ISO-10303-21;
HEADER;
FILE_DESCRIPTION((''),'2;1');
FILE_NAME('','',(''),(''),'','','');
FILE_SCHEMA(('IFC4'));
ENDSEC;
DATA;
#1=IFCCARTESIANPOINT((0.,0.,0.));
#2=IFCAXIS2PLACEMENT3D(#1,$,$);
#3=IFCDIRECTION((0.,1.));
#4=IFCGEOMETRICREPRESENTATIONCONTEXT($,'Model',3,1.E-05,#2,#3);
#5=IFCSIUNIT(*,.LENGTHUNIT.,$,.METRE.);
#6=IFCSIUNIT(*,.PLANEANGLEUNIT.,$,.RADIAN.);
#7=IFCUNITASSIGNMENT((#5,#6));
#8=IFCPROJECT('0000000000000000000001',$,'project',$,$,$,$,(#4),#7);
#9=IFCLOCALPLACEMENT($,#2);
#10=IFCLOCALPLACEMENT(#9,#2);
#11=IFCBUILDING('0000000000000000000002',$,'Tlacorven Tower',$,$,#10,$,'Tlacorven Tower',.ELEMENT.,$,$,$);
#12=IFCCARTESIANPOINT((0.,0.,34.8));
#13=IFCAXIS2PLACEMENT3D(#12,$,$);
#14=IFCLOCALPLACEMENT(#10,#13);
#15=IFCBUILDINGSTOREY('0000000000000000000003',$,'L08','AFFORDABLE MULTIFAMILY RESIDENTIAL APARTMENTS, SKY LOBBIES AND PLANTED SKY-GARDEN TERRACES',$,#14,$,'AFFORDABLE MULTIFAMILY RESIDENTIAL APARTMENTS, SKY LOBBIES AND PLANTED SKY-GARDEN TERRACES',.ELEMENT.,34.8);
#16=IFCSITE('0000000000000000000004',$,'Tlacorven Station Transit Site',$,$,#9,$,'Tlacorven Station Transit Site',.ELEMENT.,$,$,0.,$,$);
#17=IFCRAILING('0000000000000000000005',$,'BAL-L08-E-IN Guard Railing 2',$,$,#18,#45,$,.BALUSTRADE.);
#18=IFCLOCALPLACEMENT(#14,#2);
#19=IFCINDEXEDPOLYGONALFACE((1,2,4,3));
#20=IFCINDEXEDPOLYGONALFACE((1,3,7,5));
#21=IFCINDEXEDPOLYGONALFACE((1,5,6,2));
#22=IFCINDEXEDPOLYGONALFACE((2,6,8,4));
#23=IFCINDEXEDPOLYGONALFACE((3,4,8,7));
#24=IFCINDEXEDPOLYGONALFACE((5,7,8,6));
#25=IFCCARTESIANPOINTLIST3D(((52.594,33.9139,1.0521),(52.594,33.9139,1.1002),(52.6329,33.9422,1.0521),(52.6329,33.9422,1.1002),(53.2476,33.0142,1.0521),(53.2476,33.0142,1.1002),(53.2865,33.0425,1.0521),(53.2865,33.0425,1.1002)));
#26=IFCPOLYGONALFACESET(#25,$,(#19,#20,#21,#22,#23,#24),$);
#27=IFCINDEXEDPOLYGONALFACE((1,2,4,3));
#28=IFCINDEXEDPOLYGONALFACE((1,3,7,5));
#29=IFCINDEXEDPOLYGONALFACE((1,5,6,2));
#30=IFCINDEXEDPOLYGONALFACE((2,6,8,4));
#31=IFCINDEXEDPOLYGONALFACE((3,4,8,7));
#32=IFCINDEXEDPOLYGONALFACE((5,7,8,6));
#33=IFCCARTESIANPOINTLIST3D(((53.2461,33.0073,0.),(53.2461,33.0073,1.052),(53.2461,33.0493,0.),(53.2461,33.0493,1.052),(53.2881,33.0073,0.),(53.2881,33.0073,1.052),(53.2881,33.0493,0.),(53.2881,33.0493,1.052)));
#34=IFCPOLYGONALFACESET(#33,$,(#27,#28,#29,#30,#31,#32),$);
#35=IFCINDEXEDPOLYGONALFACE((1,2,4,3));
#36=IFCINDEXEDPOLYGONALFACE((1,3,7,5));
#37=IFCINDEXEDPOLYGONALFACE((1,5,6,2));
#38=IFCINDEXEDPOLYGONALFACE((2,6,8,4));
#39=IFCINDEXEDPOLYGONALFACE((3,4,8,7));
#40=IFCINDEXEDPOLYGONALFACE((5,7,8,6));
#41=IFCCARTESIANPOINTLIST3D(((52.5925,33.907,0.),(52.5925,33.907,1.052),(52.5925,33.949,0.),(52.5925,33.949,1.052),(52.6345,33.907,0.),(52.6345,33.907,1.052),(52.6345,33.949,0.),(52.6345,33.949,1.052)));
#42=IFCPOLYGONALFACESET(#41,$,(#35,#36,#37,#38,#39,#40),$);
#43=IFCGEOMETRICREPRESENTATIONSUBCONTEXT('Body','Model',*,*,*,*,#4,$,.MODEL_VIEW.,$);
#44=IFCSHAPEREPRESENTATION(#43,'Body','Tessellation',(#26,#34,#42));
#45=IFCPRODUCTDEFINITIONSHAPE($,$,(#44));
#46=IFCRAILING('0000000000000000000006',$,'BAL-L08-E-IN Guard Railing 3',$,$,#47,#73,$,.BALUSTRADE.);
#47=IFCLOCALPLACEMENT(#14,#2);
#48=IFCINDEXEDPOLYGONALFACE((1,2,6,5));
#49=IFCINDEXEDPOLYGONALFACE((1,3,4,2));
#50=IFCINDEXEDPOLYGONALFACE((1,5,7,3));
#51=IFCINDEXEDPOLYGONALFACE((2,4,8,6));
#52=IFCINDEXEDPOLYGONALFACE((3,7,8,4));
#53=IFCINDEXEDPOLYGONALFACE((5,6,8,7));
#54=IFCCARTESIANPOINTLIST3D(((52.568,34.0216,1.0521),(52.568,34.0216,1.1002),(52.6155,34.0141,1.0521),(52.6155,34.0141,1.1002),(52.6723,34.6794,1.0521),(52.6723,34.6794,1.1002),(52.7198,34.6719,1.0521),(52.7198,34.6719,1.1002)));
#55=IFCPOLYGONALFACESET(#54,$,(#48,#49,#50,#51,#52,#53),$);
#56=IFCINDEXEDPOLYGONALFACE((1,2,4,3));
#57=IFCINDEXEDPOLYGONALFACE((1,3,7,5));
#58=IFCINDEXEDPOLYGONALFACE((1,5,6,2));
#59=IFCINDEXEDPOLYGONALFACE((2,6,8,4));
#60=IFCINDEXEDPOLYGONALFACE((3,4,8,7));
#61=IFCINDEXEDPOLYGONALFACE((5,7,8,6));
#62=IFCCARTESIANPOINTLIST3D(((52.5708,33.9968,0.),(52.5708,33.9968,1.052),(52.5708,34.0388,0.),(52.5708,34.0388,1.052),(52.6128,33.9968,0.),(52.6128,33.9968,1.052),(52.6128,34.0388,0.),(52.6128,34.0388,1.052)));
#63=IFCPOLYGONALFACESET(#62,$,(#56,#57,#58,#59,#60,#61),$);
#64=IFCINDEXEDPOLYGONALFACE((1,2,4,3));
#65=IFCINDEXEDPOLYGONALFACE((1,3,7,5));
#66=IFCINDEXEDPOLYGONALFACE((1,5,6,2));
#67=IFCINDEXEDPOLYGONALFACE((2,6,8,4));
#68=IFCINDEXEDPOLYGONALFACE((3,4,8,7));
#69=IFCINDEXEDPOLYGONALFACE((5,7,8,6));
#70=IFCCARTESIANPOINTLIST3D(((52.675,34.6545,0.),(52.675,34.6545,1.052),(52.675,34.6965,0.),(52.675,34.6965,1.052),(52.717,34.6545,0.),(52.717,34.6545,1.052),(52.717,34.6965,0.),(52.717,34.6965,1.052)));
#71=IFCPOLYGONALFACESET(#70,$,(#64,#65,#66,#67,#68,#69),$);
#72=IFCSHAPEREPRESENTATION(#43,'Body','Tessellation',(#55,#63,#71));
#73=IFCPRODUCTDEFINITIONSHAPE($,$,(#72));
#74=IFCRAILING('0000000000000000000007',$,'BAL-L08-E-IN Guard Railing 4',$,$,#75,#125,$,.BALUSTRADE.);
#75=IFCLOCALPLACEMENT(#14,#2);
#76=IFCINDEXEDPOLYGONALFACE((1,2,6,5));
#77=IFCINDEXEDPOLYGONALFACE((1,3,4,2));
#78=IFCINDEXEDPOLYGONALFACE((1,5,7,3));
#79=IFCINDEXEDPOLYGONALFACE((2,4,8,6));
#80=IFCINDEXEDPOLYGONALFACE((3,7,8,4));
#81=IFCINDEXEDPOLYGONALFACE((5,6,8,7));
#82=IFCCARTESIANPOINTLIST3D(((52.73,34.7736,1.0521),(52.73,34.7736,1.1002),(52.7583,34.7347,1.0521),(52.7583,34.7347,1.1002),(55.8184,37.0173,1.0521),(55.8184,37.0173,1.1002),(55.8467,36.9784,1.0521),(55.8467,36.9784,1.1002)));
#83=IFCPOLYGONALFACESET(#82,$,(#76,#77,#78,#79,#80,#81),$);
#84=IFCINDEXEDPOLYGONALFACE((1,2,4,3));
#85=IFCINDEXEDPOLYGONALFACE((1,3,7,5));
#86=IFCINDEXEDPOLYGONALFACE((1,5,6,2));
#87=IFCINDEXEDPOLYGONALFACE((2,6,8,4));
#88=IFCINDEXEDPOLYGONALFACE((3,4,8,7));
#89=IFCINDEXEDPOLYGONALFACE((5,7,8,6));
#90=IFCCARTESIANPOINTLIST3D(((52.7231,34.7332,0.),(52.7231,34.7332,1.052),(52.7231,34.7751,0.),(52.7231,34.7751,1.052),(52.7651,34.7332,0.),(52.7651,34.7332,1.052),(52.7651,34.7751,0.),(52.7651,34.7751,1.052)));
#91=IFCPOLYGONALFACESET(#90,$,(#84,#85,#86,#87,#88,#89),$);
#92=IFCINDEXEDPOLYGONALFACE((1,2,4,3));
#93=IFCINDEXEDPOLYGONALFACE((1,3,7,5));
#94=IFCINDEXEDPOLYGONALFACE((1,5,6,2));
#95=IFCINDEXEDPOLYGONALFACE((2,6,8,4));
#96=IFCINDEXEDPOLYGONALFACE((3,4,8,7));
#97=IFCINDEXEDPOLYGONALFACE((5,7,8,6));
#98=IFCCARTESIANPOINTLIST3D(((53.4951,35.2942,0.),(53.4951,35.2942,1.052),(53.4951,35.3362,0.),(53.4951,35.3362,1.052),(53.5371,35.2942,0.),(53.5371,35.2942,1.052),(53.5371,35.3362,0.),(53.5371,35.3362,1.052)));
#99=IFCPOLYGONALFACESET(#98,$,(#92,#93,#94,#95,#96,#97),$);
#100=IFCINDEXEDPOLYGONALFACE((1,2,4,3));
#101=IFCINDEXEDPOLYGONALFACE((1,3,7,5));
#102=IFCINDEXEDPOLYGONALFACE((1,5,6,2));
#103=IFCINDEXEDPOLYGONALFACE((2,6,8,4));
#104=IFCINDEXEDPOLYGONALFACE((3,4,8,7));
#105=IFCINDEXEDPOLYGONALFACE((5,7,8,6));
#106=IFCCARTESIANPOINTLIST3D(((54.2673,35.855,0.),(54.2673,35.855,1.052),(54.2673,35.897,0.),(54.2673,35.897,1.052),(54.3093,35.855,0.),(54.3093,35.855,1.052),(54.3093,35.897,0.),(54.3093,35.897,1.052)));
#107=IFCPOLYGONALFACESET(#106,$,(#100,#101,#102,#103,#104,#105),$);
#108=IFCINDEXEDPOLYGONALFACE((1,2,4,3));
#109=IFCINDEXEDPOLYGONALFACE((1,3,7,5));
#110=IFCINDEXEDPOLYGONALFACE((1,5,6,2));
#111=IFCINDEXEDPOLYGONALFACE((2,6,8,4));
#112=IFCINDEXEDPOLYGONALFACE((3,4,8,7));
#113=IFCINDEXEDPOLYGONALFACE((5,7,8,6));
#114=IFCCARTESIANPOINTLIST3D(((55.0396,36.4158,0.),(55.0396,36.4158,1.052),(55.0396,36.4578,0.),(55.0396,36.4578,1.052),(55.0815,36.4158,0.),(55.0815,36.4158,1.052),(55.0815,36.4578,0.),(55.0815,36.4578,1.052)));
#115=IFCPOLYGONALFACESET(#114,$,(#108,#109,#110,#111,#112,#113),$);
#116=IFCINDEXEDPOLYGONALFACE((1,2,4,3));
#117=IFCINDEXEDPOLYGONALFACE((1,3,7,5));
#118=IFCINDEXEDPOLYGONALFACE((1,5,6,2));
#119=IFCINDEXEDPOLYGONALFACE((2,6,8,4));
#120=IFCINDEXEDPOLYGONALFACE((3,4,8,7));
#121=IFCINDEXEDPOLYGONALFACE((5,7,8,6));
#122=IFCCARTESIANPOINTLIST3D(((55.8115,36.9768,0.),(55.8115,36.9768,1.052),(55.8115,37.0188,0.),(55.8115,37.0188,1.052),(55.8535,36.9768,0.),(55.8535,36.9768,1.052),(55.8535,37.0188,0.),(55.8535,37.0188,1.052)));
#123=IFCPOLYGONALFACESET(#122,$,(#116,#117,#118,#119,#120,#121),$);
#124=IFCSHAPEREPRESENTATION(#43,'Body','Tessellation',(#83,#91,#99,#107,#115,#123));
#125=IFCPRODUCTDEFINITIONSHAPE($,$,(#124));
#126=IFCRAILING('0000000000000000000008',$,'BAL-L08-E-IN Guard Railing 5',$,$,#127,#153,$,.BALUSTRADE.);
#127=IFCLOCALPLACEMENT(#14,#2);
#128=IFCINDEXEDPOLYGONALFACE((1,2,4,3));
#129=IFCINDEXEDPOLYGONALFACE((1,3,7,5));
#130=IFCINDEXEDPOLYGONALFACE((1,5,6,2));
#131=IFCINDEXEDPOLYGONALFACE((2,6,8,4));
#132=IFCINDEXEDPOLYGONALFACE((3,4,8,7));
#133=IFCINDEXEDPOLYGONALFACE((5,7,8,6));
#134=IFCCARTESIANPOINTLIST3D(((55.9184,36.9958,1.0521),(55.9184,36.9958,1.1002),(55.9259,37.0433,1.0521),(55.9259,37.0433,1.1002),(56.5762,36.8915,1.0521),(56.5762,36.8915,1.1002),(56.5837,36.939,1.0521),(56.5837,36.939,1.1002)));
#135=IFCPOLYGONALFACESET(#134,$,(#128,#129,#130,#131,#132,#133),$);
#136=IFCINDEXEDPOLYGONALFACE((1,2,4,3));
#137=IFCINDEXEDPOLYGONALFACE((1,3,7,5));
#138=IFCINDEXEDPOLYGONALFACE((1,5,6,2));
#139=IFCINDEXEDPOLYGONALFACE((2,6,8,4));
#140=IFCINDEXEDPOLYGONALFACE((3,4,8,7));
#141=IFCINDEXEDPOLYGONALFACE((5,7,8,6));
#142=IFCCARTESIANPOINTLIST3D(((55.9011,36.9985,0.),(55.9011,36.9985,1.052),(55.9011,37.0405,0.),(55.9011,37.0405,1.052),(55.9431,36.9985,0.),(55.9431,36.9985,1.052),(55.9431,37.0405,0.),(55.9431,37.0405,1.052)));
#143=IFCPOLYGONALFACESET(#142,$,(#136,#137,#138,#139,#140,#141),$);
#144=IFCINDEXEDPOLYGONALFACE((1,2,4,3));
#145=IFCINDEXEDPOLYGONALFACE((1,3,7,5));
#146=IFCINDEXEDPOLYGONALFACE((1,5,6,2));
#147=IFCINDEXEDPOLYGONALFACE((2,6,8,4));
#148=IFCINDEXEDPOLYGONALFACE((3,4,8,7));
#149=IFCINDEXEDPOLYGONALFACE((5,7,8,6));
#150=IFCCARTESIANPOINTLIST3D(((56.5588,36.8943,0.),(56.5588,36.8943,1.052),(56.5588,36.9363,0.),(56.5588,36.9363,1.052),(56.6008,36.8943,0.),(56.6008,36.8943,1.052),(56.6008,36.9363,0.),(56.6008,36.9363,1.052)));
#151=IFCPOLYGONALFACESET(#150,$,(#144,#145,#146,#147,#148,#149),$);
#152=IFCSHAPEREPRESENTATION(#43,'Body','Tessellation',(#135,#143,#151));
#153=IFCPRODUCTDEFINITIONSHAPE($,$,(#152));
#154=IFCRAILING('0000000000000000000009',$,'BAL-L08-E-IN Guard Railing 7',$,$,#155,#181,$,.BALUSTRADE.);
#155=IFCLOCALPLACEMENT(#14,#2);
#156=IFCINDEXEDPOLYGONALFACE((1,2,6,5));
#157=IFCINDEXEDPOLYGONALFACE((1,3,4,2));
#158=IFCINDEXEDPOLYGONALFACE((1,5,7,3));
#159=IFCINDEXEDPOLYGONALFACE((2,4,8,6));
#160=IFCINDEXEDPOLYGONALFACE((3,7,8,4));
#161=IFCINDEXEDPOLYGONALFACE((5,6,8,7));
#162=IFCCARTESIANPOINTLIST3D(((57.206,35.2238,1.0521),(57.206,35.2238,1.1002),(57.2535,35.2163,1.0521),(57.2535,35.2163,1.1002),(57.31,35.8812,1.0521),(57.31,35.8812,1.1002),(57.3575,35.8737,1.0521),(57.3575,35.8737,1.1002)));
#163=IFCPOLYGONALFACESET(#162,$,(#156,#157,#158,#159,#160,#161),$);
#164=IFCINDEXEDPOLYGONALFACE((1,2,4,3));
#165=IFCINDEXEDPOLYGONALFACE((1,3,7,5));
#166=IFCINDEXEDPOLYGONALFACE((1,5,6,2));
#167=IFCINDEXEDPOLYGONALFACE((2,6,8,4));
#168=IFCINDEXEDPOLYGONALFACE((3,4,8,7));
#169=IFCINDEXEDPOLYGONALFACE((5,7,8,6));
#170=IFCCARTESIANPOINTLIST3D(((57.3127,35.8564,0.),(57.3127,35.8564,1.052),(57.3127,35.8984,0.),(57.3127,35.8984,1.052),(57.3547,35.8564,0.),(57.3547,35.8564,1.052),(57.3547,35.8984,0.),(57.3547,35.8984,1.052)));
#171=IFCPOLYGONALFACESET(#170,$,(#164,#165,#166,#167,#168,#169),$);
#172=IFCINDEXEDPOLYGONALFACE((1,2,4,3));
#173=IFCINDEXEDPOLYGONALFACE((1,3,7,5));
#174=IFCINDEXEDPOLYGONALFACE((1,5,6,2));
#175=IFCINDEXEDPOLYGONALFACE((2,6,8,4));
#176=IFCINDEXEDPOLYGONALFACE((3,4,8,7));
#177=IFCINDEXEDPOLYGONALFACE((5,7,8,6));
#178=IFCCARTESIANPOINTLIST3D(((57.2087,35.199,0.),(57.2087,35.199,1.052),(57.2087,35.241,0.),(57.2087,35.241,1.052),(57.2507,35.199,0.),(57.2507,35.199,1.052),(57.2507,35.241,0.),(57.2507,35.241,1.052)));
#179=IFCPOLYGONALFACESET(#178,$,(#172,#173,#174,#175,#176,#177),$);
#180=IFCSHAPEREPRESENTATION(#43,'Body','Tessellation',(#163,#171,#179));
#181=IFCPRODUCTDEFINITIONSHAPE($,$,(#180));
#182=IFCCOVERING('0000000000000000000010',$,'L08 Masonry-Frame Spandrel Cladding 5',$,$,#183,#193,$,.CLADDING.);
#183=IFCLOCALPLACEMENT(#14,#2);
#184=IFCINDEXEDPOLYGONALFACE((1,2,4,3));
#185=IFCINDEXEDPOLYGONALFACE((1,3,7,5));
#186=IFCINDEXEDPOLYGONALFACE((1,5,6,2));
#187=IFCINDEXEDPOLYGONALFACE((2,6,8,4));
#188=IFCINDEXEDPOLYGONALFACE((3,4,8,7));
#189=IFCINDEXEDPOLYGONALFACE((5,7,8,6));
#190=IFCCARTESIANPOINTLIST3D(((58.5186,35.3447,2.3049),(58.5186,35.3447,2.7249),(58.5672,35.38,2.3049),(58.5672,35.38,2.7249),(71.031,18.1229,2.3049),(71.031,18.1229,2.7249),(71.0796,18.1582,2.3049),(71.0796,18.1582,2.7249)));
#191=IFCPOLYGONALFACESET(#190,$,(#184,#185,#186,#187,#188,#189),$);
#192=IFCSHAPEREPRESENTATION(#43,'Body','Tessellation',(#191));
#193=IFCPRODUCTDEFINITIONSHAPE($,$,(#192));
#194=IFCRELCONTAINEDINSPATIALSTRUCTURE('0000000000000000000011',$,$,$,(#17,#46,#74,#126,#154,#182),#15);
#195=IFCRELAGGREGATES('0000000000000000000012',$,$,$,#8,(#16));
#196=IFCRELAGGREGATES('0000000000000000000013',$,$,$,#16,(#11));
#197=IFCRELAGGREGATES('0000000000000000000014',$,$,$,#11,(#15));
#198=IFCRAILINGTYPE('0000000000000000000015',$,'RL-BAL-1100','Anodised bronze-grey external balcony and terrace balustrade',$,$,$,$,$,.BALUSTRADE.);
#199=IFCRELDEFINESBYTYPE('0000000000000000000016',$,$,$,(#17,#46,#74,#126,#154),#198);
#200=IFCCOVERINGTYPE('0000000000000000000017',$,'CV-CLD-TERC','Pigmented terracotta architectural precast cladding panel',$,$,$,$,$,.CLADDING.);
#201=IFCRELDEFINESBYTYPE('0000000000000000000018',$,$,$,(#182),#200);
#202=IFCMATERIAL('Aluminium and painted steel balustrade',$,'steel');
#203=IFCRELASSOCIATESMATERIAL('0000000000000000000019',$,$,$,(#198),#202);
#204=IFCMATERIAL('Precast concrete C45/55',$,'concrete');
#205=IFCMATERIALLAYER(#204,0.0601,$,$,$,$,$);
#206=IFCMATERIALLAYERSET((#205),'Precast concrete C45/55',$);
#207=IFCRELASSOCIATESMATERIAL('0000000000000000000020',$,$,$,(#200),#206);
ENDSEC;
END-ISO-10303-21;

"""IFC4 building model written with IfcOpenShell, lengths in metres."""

from ifc_helpers import new_model, si_unit, direction, frame, origin, origin_2d, place, context, subcontext, project, spatial, rectangle, extrude, source, transform, mapped, material, layer, layer_set, type_object, element, save


model = new_model("IFC4")

# Units and contexts
model_context = context("Model", 3, precision=1e-05, world=origin(), true_north=direction((0.0, 1.0)))
body_context = subcontext(model_context, "Body", "Model", "MODEL_VIEW")
ifc_project = project(units=[si_unit("LENGTHUNIT", "METRE"), si_unit("PLANEANGLEUNIT", "RADIAN")], contexts=[model_context])

# Site, building, storey
site_placement = place(None, origin())
site = spatial("IfcSite", under=ifc_project, at=site_placement, Name="Tlacorven Station Transit Site", LongName="Tlacorven Station Transit Site", CompositionType="ELEMENT", RefElevation=0.0)
building_placement = place(site_placement, origin())
building = spatial("IfcBuilding", under=site, at=building_placement, Name="Tlacorven Tower", LongName="Tlacorven Tower", CompositionType="ELEMENT")
storey_placement = place(building_placement, frame((0.0, 0.0, 34.8)))
storey = spatial("IfcBuildingStorey", under=building, at=storey_placement, Name="L08", Description="AFFORDABLE MULTIFAMILY RESIDENTIAL APARTMENTS, SKY LOBBIES AND PLANTED SKY-GARDEN TERRACES", LongName="AFFORDABLE MULTIFAMILY RESIDENTIAL APARTMENTS, SKY LOBBIES AND PLANTED SKY-GARDEN TERRACES", CompositionType="ELEMENT", Elevation=34.8)

# Shared definitions
ifc_material_1 = material(Name="Precast concrete C45/55", Category="concrete")

# Railings
ifc_material_2 = material(Name="Aluminium and painted steel balustrade", Category="steel")
railing_type_1 = type_object("IfcRailingType", Name="RL-BAL-1100", Description="Anodised bronze-grey external balcony and terrace balustrade", PredefinedType="BALUSTRADE", material=ifc_material_2)
shared_shape_1 = source(origin(), body_context, "Body", "SweptSolid", [
    extrude(rectangle(XDim=0.0481, YDim=0.0481, at=origin_2d()), frame((0.0, 0.0, 1.0762), z_axis=(-0.587741, 0.809049, 0.0), x_axis=(-0.809049, -0.587741, 0.0)), (0.0, 0.0, 1.0), 1.1121),
    extrude(rectangle(XDim=0.042, YDim=0.042, at=origin_2d()), origin(), (0.0, 0.0, 1.0), 1.052),
    extrude(rectangle(XDim=0.042, YDim=0.042, at=origin_2d()), frame((-0.6536, 0.8997, 0.0)), (0.0, 0.0, 1.0), 1.052),
])
railing_1_placement = place(storey_placement, frame((53.2671, 33.0283, 0.0)))
element("IfcRailing", 1, at=railing_1_placement, inside=storey, type_object=railing_type_1, Name="BAL-L08-E-IN Guard Railing 2", PredefinedType="BALUSTRADE", context=body_context, shape_type="MappedRepresentation", body=[
    mapped(shared_shape_1, transform((0.0, 0.0, 0.0), scale=1.0)),
])
shared_shape_2 = source(origin(), body_context, "Body", "SweptSolid", [
    extrude(rectangle(XDim=0.0481, YDim=0.0481, at=origin_2d()), frame((0.0, 0.0, 1.0762), z_axis=(0.156546, 0.987671, 0.0), x_axis=(-0.987671, 0.156546, 0.0)), (0.0, 0.0, 1.0), 0.666),
    extrude(rectangle(XDim=0.042, YDim=0.042, at=origin_2d()), origin(), (0.0, 0.0, 1.0), 1.052),
    extrude(rectangle(XDim=0.042, YDim=0.042, at=origin_2d()), frame((0.1042, 0.6577, 0.0)), (0.0, 0.0, 1.0), 1.052),
])
railing_2_placement = place(storey_placement, frame((52.5918, 34.0178, 0.0)))
element("IfcRailing", 2, at=railing_2_placement, inside=storey, type_object=railing_type_1, Name="BAL-L08-E-IN Guard Railing 3", PredefinedType="BALUSTRADE", context=body_context, shape_type="MappedRepresentation", body=[
    mapped(shared_shape_2, transform((0.0, 0.0, 0.0), scale=1.0)),
])
shared_shape_3 = source(origin(), body_context, "Body", "SweptSolid", [
    extrude(rectangle(XDim=0.0481, YDim=0.0481, at=origin_2d()), frame((0.0, 0.0, 1.0762), z_axis=(0.80904, 0.587753, 0.0), x_axis=(-0.587753, 0.80904, 0.0)), (0.0, 0.0, 1.0), 3.8174),
    extrude(rectangle(XDim=0.042, YDim=0.042, at=origin_2d()), origin(), (0.0, 0.0, 1.0), 1.052),
    extrude(rectangle(XDim=0.042, YDim=0.042, at=origin_2d()), frame((0.772, 0.561, 0.0)), (0.0, 0.0, 1.0), 1.052),
    extrude(rectangle(XDim=0.042, YDim=0.042, at=origin_2d()), frame((1.5442, 1.1218, 0.0)), (0.0, 0.0, 1.0), 1.052),
    extrude(rectangle(XDim=0.042, YDim=0.042, at=origin_2d()), frame((2.3164, 1.6826, 0.0)), (0.0, 0.0, 1.0), 1.052),
    extrude(rectangle(XDim=0.042, YDim=0.042, at=origin_2d()), frame((3.0884, 2.2437, 0.0)), (0.0, 0.0, 1.0), 1.052),
])
railing_3_placement = place(storey_placement, frame((52.7441, 34.7542, 0.0)))
element("IfcRailing", 3, at=railing_3_placement, inside=storey, type_object=railing_type_1, Name="BAL-L08-E-IN Guard Railing 4", PredefinedType="BALUSTRADE", context=body_context, shape_type="MappedRepresentation", body=[
    mapped(shared_shape_3, transform((0.0, 0.0, 0.0), scale=1.0)),
])
shared_shape_4 = source(origin(), body_context, "Body", "SweptSolid", [
    extrude(rectangle(XDim=0.0481, YDim=0.0481, at=origin_2d()), frame((0.0, 0.0, 1.0762), z_axis=(0.987671, -0.156546, 0.0), x_axis=(0.156546, 0.987671, 0.0)), (0.0, 0.0, 1.0), 0.666),
    extrude(rectangle(XDim=0.042, YDim=0.042, at=origin_2d()), origin(), (0.0, 0.0, 1.0), 1.052),
    extrude(rectangle(XDim=0.042, YDim=0.042, at=origin_2d()), frame((0.6577, -0.1042, 0.0)), (0.0, 0.0, 1.0), 1.052),
])
railing_4_placement = place(storey_placement, frame((55.9221, 37.0195, 0.0)))
element("IfcRailing", 4, at=railing_4_placement, inside=storey, type_object=railing_type_1, Name="BAL-L08-E-IN Guard Railing 5", PredefinedType="BALUSTRADE", context=body_context, shape_type="MappedRepresentation", body=[
    mapped(shared_shape_4, transform((0.0, 0.0, 0.0), scale=1.0)),
])
shared_shape_5 = source(origin(), body_context, "Body", "SweptSolid", [
    extrude(rectangle(XDim=0.0481, YDim=0.0481, at=origin_2d()), frame((0.0, 0.0, 1.0762), z_axis=(-0.156245, -0.987718, 0.0), x_axis=(0.987718, -0.156245, 0.0)), (0.0, 0.0, 1.0), 0.6655),
    extrude(rectangle(XDim=0.042, YDim=0.042, at=origin_2d()), origin(), (0.0, 0.0, 1.0), 1.052),
    extrude(rectangle(XDim=0.042, YDim=0.042, at=origin_2d()), frame((-0.104, -0.6575, 0.0)), (0.0, 0.0, 1.0), 1.052),
])
railing_5_placement = place(storey_placement, frame((57.3337, 35.8774, 0.0)))
element("IfcRailing", 5, at=railing_5_placement, inside=storey, type_object=railing_type_1, Name="BAL-L08-E-IN Guard Railing 7", PredefinedType="BALUSTRADE", context=body_context, shape_type="MappedRepresentation", body=[
    mapped(shared_shape_5, transform((0.0, 0.0, 0.0), scale=1.0)),
])

# Covering
ifc_layer_1 = layer(ifc_material_1, 0.0601)
ifc_layer_set_1 = layer_set([ifc_layer_1], Name="Precast concrete C45/55")
covering_type = type_object("IfcCoveringType", Name="CV-CLD-TERC", Description="Pigmented terracotta architectural precast cladding panel", PredefinedType="CLADDING", material=ifc_layer_set_1)
shared_shape_6 = source(origin(), body_context, "Body", "SweptSolid", [
    extrude(rectangle(XDim=21.2874, YDim=0.0601, at=origin_2d()), origin(), (0.0, 0.0, 1.0), 0.4199),
])
covering_placement = place(storey_placement, frame((64.7991, 26.7515, 2.3049), z_axis=(0.0, 0.0, 1.0), x_axis=(0.587785, -0.809017, 0.0)))
element("IfcCovering", 6, at=covering_placement, inside=storey, type_object=covering_type, Name="L08 Masonry-Frame Spandrel Cladding 5", PredefinedType="CLADDING", context=body_context, shape_type="MappedRepresentation", body=[
    mapped(shared_shape_6, transform((0.0, 0.0, 0.0), scale=1.0)),
])

save(model, "model.ifc")
